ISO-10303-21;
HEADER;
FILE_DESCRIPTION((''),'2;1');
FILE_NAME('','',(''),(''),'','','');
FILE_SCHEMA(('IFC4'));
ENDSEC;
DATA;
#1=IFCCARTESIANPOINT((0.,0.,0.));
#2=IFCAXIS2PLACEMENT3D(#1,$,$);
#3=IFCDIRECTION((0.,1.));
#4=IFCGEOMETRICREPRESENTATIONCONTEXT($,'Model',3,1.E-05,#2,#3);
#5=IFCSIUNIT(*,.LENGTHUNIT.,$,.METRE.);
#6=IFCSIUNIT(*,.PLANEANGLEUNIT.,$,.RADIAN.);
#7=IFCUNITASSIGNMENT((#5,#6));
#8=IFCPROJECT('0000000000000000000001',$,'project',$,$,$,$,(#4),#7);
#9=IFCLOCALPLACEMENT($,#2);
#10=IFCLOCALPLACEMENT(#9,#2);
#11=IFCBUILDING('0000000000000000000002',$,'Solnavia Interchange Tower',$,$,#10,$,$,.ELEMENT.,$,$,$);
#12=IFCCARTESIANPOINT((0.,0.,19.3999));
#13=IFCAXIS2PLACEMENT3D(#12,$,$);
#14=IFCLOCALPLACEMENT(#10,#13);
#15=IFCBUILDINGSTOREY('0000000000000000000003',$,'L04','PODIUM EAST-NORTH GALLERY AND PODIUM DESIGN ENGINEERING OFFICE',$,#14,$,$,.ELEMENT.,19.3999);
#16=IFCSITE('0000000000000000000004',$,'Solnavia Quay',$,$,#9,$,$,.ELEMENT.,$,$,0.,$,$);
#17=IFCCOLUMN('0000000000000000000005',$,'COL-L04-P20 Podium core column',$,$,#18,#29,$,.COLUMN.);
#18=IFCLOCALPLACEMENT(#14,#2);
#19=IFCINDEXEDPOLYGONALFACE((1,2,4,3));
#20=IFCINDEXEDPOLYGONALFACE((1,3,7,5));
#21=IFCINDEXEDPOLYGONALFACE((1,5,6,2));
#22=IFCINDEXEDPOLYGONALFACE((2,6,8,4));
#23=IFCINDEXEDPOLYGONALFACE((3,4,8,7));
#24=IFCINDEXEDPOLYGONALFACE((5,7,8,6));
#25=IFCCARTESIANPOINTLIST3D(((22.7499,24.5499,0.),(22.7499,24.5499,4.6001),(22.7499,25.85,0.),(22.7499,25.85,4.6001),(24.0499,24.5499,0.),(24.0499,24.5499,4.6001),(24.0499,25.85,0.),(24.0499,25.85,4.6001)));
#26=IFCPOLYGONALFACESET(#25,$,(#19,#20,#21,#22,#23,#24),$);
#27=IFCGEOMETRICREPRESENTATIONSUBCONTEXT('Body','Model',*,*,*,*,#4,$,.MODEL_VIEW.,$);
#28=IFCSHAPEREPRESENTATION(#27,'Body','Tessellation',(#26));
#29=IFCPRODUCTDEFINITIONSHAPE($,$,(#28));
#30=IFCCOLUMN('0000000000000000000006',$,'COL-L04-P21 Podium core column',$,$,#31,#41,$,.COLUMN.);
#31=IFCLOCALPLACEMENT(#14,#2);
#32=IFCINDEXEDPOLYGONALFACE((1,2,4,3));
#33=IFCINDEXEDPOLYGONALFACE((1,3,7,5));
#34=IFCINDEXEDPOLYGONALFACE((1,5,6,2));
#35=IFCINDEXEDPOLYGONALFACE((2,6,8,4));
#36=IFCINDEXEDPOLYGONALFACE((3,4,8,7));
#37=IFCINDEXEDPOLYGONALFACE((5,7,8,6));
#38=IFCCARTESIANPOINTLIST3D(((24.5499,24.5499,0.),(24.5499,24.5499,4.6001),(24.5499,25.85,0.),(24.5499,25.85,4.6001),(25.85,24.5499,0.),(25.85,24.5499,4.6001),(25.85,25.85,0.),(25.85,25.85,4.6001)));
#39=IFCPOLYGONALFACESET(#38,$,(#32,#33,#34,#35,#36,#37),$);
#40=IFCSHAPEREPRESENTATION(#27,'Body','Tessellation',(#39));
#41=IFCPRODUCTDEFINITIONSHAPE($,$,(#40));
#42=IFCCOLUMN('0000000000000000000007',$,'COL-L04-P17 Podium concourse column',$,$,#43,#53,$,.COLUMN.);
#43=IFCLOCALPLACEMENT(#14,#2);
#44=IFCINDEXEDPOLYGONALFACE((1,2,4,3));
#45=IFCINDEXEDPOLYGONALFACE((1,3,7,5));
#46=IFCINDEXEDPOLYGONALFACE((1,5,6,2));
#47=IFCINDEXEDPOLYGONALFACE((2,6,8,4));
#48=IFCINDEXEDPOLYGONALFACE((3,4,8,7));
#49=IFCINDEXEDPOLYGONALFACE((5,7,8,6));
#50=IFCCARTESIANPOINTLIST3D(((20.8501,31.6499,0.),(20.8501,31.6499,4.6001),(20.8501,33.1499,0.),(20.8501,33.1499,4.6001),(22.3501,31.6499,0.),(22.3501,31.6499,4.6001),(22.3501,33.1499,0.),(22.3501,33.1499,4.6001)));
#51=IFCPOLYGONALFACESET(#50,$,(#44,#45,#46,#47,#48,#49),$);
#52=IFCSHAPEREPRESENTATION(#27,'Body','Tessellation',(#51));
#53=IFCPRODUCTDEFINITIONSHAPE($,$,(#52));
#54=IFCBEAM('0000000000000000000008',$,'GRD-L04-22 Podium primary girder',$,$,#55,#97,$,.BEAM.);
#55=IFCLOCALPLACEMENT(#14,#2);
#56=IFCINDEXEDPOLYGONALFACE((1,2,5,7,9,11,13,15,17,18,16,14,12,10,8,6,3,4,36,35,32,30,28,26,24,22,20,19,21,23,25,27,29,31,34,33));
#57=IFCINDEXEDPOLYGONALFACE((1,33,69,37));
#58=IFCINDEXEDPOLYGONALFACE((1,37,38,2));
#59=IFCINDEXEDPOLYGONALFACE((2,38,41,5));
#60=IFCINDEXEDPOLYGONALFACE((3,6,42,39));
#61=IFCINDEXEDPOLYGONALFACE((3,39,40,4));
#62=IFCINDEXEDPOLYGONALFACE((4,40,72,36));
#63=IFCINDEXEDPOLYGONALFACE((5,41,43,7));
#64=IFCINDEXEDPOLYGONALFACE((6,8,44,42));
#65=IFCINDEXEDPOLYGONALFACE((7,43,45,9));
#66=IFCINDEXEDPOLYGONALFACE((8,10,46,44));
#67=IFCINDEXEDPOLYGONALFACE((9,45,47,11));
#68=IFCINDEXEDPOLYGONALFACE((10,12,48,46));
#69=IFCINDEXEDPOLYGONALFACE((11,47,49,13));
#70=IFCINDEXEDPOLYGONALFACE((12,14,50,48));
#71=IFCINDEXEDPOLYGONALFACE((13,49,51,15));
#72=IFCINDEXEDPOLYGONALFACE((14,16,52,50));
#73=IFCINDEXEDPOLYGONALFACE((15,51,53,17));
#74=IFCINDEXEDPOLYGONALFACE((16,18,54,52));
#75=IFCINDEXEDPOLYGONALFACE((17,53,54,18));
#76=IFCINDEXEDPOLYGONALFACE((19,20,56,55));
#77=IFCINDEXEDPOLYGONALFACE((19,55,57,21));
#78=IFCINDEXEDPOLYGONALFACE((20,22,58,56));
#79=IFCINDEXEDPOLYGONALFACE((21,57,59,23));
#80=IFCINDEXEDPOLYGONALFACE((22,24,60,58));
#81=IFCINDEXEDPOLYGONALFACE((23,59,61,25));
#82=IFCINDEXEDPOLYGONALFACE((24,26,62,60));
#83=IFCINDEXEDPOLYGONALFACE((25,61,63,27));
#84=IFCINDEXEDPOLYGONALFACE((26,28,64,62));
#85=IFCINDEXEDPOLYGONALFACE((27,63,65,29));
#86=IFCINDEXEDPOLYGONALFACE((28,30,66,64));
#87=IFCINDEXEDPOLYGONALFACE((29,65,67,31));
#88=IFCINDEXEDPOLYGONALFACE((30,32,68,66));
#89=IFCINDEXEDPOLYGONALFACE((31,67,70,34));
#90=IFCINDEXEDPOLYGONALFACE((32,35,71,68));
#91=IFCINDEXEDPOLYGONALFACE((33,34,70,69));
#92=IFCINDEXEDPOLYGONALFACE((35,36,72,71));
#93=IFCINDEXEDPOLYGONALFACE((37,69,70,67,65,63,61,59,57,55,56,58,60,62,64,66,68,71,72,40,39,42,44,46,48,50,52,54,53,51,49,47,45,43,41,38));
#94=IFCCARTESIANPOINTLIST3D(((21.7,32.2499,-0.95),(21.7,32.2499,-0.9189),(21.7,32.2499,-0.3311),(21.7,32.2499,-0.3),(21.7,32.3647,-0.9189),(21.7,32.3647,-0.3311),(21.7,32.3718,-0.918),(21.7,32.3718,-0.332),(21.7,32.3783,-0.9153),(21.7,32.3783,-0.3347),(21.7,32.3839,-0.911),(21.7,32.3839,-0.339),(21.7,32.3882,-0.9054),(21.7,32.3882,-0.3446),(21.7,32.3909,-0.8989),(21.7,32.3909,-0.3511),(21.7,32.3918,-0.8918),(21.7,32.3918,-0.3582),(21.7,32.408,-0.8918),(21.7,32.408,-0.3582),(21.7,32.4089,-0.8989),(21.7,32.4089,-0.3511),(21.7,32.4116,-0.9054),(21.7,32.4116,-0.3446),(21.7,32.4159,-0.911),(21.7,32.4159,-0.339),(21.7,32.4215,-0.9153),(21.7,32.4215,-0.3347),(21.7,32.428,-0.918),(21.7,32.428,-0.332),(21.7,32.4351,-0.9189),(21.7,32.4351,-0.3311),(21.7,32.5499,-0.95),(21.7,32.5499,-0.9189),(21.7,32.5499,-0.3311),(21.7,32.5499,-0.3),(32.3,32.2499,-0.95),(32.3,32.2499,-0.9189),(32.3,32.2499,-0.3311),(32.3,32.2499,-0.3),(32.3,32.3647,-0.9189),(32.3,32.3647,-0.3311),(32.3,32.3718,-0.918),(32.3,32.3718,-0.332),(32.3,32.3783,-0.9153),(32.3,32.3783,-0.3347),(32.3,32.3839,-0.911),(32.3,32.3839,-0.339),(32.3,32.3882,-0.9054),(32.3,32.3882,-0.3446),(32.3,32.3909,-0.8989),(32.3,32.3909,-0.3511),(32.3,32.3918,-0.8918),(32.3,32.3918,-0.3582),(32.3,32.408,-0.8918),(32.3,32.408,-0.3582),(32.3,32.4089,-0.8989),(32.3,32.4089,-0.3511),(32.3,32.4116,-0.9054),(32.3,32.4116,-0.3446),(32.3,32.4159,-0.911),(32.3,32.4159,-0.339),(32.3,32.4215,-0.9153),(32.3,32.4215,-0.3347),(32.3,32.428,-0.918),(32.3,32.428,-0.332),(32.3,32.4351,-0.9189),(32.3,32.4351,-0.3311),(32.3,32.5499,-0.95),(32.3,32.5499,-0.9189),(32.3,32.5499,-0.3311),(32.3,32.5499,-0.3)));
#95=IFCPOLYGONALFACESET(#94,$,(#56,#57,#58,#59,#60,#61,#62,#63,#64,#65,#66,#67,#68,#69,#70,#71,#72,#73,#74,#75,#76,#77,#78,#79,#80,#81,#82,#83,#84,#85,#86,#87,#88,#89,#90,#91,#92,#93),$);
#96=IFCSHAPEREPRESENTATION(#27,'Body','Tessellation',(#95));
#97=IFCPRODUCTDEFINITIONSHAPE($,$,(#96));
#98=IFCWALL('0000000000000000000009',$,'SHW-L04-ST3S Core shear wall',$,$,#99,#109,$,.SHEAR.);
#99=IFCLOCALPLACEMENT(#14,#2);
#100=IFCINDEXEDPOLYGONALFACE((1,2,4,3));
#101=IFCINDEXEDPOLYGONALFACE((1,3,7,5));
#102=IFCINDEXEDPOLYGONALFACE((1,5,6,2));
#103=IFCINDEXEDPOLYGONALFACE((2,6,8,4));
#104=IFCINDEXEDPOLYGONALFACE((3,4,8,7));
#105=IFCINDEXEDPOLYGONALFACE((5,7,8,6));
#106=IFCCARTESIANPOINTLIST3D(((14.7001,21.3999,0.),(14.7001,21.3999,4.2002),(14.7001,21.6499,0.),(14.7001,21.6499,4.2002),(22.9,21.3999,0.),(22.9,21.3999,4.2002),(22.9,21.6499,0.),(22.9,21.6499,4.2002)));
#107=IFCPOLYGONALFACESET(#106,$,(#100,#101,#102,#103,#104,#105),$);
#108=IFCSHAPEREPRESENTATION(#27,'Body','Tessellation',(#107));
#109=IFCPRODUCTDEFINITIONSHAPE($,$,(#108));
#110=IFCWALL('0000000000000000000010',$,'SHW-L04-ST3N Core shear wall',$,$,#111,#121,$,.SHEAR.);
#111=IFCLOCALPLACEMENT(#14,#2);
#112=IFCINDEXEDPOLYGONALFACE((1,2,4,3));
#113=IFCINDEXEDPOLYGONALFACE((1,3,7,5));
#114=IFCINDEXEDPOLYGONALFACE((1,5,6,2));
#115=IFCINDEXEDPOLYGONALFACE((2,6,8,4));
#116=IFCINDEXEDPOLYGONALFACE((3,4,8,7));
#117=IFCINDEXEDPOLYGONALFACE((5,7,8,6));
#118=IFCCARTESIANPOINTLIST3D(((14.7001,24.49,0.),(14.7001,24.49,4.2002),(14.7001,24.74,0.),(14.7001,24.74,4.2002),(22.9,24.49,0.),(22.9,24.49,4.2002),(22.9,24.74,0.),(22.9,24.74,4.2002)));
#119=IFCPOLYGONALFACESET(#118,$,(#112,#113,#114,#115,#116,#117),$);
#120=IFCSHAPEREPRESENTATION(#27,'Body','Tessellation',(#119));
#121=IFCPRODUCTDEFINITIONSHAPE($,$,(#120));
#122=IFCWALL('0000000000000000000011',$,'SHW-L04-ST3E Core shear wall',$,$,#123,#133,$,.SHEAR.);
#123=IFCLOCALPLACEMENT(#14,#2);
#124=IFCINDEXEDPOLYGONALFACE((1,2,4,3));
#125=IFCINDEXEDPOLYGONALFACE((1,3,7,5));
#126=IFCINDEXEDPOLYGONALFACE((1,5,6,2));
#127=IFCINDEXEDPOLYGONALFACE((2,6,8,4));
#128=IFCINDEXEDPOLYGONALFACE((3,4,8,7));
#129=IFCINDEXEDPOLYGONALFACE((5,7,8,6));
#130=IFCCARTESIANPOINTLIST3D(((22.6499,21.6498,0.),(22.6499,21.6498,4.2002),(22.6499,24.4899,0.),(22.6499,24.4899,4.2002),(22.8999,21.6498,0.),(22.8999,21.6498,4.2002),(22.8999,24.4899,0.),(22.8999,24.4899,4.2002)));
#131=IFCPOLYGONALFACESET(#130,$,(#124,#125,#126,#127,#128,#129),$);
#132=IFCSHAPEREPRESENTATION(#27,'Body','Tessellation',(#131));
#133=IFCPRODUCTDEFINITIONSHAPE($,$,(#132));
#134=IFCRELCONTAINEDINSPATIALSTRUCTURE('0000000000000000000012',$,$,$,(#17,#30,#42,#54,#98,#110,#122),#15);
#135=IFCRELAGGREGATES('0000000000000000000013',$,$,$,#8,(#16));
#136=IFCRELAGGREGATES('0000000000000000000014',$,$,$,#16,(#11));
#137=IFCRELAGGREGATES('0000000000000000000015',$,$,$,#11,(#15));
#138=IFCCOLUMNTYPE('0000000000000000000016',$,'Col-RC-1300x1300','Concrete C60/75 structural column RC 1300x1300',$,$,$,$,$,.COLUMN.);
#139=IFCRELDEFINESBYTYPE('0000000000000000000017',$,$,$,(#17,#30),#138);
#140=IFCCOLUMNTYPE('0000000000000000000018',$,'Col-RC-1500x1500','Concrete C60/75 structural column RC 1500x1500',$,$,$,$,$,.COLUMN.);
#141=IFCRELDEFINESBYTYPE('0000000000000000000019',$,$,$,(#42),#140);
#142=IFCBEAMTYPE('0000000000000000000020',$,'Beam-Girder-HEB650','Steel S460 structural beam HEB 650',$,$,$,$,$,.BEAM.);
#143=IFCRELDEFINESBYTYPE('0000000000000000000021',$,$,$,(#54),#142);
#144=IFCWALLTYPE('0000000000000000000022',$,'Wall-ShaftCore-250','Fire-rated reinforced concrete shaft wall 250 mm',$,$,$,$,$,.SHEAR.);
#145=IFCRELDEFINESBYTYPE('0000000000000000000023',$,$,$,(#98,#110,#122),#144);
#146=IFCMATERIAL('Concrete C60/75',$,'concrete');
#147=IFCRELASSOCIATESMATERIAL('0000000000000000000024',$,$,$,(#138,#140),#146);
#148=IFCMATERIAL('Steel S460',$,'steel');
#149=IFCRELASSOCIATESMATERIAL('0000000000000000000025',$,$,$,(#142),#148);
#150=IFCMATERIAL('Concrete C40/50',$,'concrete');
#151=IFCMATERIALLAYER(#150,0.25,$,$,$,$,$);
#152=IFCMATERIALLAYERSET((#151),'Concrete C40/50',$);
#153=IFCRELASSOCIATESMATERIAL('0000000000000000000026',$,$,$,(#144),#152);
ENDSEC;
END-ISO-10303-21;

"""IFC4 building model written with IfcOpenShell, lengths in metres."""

from ifc_helpers import new_model, si_unit, direction, frame, frame_2d, origin, origin_2d, place, context, subcontext, project, spatial, rectangle, i_section, extrude, material, layer, layer_set, material_profile, profile_set, type_object, element, save


model = new_model("IFC4")

# Units and contexts
model_context = context("Model", 3, precision=1e-05, world=origin(), true_north=direction((0.0, 1.0)))
body_context = subcontext(model_context, "Body", "Model", "MODEL_VIEW")
ifc_project = project(units=[si_unit("LENGTHUNIT", "METRE"), si_unit("PLANEANGLEUNIT", "RADIAN")], contexts=[model_context])

# Site, building, storey
site_placement = place(None, origin())
site = spatial("IfcSite", under=ifc_project, at=site_placement, Name="Solnavia Quay", CompositionType="ELEMENT", RefElevation=0.0)
building_placement = place(site_placement, origin())
building = spatial("IfcBuilding", under=site, at=building_placement, Name="Solnavia Interchange Tower", CompositionType="ELEMENT")
storey_placement = place(building_placement, frame((0.0, 0.0, 19.3999)))
storey = spatial("IfcBuildingStorey", under=building, at=storey_placement, Name="L04", Description="PODIUM EAST-NORTH GALLERY AND PODIUM DESIGN ENGINEERING OFFICE", CompositionType="ELEMENT", Elevation=19.3999)

# Columns
ifc_material_1 = material(Name="Concrete C60/75", Category="concrete")
ifc_material_profile_1 = material_profile(ifc_material_1, rectangle(XDim=1.3, YDim=1.3, at=origin_2d()), Name="RC 1300x1300")
ifc_profile_set_1 = profile_set([ifc_material_profile_1], Name="Concrete C60/75")
column_type_1 = type_object("IfcColumnType", Name="Col-RC-1300x1300", Description="Concrete C60/75 structural column RC 1300x1300", PredefinedType="COLUMN", material=ifc_profile_set_1)
for number, where, z_axis, x_axis, name in (
    (1, (23.3999, 25.2, 0.0), (0.0, 0.0, 1.0), (1.0, 0.0, 0.0), "COL-L04-P20 Podium core column"),
    (2, (25.2, 25.2, 0.0), (0.0, 0.0, 1.0), (1.0, 0.0, 0.0), "COL-L04-P21 Podium core column"),
):
    element("IfcColumn", number, at=place(storey_placement, frame(where, z_axis=z_axis, x_axis=x_axis)), inside=storey, type_object=column_type_1, Name=name, PredefinedType="COLUMN", context=body_context, shape_type="SweptSolid", body=[
        extrude(rectangle(XDim=1.3, YDim=1.3, at=origin_2d()), origin(), (0.0, 0.0, 1.0), 4.6001),
    ])
ifc_material_profile_2 = material_profile(ifc_material_1, rectangle(XDim=1.5, YDim=1.5, at=origin_2d()), Name="RC 1500x1500")
ifc_profile_set_2 = profile_set([ifc_material_profile_2], Name="Concrete C60/75")
column_type_2 = type_object("IfcColumnType", Name="Col-RC-1500x1500", Description="Concrete C60/75 structural column RC 1500x1500", PredefinedType="COLUMN", material=ifc_profile_set_2)
column_placement = place(storey_placement, frame((21.6001, 32.3999, 0.0), z_axis=(0.0, 0.0, 1.0), x_axis=(1.0, 0.0, 0.0)))
element("IfcColumn", 3, at=column_placement, inside=storey, type_object=column_type_2, Name="COL-L04-P17 Podium concourse column", PredefinedType="COLUMN", context=body_context, shape_type="SweptSolid", body=[
    extrude(rectangle(XDim=1.5, YDim=1.5, at=origin_2d()), origin(), (0.0, 0.0, 1.0), 4.6001),
])

# Beam
ifc_material_2 = material(Name="Steel S460", Category="steel")
ifc_material_profile_3 = material_profile(ifc_material_2, i_section(OverallWidth=0.3, OverallDepth=0.6499, WebThickness=0.0161, FlangeThickness=0.031, FilletRadius=0.0271, at=origin_2d()), Name="HEB 650")
ifc_profile_set_3 = profile_set([ifc_material_profile_3], Name="Steel S460")
beam_type = type_object("IfcBeamType", Name="Beam-Girder-HEB650", Description="Steel S460 structural beam HEB 650", PredefinedType="BEAM", material=ifc_profile_set_3)
beam_placement = place(storey_placement, frame((21.7, 32.3999, -0.625), z_axis=(1.0, 0.0, 0.0), x_axis=(0.0, 1.0, 0.0)))
element("IfcBeam", 4, at=beam_placement, inside=storey, type_object=beam_type, Name="GRD-L04-22 Podium primary girder", PredefinedType="BEAM", context=body_context, shape_type="SweptSolid", body=[
    extrude(i_section(OverallWidth=0.3, OverallDepth=0.6499, WebThickness=0.0161, FlangeThickness=0.031, FilletRadius=0.0271, at=origin_2d()), origin(), (0.0, 0.0, 1.0), 10.6001),
])

# Walls
ifc_material_3 = material(Name="Concrete C40/50", Category="concrete")
ifc_layer_1 = layer(ifc_material_3, 0.25)
ifc_layer_set_1 = layer_set([ifc_layer_1], Name="Concrete C40/50")
wall_type_1 = type_object("IfcWallType", Name="Wall-ShaftCore-250", Description="Fire-rated reinforced concrete shaft wall 250 mm", PredefinedType="SHEAR", material=ifc_layer_set_1)
for number, where, z_axis, x_axis, name in (
    (5, (14.7, 21.5249, 0.0), (0.0, 0.0, 1.0), (1.0, 0.0, 0.0), "SHW-L04-ST3S Core shear wall"),
    (6, (14.7, 24.615, 0.0), (0.0, 0.0, 1.0), (1.0, 0.0, 0.0), "SHW-L04-ST3N Core shear wall"),
):
    element("IfcWall", number, at=place(storey_placement, frame(where, z_axis=z_axis, x_axis=x_axis)), inside=storey, type_object=wall_type_1, Name=name, PredefinedType="SHEAR", context=body_context, shape_type="SweptSolid", body=[
        extrude(rectangle(XDim=8.2, YDim=0.25, at=frame_2d((4.1001, 0.0))), origin(), (0.0, 0.0, 1.0), 4.2002),
    ])
wall_1_placement = place(storey_placement, frame((22.7749, 21.6499, 0.0), z_axis=(0.0, 0.0, 1.0), x_axis=(0.0, 1.0, 0.0)))
element("IfcWall", 7, at=wall_1_placement, inside=storey, type_object=wall_type_1, Name="SHW-L04-ST3E Core shear wall", PredefinedType="SHEAR", context=body_context, shape_type="SweptSolid", body=[
    extrude(rectangle(XDim=2.8401, YDim=0.25, at=frame_2d((1.4199, 0.0))), origin(), (0.0, 0.0, 1.0), 4.2002),
])

save(model, "model.ifc")
